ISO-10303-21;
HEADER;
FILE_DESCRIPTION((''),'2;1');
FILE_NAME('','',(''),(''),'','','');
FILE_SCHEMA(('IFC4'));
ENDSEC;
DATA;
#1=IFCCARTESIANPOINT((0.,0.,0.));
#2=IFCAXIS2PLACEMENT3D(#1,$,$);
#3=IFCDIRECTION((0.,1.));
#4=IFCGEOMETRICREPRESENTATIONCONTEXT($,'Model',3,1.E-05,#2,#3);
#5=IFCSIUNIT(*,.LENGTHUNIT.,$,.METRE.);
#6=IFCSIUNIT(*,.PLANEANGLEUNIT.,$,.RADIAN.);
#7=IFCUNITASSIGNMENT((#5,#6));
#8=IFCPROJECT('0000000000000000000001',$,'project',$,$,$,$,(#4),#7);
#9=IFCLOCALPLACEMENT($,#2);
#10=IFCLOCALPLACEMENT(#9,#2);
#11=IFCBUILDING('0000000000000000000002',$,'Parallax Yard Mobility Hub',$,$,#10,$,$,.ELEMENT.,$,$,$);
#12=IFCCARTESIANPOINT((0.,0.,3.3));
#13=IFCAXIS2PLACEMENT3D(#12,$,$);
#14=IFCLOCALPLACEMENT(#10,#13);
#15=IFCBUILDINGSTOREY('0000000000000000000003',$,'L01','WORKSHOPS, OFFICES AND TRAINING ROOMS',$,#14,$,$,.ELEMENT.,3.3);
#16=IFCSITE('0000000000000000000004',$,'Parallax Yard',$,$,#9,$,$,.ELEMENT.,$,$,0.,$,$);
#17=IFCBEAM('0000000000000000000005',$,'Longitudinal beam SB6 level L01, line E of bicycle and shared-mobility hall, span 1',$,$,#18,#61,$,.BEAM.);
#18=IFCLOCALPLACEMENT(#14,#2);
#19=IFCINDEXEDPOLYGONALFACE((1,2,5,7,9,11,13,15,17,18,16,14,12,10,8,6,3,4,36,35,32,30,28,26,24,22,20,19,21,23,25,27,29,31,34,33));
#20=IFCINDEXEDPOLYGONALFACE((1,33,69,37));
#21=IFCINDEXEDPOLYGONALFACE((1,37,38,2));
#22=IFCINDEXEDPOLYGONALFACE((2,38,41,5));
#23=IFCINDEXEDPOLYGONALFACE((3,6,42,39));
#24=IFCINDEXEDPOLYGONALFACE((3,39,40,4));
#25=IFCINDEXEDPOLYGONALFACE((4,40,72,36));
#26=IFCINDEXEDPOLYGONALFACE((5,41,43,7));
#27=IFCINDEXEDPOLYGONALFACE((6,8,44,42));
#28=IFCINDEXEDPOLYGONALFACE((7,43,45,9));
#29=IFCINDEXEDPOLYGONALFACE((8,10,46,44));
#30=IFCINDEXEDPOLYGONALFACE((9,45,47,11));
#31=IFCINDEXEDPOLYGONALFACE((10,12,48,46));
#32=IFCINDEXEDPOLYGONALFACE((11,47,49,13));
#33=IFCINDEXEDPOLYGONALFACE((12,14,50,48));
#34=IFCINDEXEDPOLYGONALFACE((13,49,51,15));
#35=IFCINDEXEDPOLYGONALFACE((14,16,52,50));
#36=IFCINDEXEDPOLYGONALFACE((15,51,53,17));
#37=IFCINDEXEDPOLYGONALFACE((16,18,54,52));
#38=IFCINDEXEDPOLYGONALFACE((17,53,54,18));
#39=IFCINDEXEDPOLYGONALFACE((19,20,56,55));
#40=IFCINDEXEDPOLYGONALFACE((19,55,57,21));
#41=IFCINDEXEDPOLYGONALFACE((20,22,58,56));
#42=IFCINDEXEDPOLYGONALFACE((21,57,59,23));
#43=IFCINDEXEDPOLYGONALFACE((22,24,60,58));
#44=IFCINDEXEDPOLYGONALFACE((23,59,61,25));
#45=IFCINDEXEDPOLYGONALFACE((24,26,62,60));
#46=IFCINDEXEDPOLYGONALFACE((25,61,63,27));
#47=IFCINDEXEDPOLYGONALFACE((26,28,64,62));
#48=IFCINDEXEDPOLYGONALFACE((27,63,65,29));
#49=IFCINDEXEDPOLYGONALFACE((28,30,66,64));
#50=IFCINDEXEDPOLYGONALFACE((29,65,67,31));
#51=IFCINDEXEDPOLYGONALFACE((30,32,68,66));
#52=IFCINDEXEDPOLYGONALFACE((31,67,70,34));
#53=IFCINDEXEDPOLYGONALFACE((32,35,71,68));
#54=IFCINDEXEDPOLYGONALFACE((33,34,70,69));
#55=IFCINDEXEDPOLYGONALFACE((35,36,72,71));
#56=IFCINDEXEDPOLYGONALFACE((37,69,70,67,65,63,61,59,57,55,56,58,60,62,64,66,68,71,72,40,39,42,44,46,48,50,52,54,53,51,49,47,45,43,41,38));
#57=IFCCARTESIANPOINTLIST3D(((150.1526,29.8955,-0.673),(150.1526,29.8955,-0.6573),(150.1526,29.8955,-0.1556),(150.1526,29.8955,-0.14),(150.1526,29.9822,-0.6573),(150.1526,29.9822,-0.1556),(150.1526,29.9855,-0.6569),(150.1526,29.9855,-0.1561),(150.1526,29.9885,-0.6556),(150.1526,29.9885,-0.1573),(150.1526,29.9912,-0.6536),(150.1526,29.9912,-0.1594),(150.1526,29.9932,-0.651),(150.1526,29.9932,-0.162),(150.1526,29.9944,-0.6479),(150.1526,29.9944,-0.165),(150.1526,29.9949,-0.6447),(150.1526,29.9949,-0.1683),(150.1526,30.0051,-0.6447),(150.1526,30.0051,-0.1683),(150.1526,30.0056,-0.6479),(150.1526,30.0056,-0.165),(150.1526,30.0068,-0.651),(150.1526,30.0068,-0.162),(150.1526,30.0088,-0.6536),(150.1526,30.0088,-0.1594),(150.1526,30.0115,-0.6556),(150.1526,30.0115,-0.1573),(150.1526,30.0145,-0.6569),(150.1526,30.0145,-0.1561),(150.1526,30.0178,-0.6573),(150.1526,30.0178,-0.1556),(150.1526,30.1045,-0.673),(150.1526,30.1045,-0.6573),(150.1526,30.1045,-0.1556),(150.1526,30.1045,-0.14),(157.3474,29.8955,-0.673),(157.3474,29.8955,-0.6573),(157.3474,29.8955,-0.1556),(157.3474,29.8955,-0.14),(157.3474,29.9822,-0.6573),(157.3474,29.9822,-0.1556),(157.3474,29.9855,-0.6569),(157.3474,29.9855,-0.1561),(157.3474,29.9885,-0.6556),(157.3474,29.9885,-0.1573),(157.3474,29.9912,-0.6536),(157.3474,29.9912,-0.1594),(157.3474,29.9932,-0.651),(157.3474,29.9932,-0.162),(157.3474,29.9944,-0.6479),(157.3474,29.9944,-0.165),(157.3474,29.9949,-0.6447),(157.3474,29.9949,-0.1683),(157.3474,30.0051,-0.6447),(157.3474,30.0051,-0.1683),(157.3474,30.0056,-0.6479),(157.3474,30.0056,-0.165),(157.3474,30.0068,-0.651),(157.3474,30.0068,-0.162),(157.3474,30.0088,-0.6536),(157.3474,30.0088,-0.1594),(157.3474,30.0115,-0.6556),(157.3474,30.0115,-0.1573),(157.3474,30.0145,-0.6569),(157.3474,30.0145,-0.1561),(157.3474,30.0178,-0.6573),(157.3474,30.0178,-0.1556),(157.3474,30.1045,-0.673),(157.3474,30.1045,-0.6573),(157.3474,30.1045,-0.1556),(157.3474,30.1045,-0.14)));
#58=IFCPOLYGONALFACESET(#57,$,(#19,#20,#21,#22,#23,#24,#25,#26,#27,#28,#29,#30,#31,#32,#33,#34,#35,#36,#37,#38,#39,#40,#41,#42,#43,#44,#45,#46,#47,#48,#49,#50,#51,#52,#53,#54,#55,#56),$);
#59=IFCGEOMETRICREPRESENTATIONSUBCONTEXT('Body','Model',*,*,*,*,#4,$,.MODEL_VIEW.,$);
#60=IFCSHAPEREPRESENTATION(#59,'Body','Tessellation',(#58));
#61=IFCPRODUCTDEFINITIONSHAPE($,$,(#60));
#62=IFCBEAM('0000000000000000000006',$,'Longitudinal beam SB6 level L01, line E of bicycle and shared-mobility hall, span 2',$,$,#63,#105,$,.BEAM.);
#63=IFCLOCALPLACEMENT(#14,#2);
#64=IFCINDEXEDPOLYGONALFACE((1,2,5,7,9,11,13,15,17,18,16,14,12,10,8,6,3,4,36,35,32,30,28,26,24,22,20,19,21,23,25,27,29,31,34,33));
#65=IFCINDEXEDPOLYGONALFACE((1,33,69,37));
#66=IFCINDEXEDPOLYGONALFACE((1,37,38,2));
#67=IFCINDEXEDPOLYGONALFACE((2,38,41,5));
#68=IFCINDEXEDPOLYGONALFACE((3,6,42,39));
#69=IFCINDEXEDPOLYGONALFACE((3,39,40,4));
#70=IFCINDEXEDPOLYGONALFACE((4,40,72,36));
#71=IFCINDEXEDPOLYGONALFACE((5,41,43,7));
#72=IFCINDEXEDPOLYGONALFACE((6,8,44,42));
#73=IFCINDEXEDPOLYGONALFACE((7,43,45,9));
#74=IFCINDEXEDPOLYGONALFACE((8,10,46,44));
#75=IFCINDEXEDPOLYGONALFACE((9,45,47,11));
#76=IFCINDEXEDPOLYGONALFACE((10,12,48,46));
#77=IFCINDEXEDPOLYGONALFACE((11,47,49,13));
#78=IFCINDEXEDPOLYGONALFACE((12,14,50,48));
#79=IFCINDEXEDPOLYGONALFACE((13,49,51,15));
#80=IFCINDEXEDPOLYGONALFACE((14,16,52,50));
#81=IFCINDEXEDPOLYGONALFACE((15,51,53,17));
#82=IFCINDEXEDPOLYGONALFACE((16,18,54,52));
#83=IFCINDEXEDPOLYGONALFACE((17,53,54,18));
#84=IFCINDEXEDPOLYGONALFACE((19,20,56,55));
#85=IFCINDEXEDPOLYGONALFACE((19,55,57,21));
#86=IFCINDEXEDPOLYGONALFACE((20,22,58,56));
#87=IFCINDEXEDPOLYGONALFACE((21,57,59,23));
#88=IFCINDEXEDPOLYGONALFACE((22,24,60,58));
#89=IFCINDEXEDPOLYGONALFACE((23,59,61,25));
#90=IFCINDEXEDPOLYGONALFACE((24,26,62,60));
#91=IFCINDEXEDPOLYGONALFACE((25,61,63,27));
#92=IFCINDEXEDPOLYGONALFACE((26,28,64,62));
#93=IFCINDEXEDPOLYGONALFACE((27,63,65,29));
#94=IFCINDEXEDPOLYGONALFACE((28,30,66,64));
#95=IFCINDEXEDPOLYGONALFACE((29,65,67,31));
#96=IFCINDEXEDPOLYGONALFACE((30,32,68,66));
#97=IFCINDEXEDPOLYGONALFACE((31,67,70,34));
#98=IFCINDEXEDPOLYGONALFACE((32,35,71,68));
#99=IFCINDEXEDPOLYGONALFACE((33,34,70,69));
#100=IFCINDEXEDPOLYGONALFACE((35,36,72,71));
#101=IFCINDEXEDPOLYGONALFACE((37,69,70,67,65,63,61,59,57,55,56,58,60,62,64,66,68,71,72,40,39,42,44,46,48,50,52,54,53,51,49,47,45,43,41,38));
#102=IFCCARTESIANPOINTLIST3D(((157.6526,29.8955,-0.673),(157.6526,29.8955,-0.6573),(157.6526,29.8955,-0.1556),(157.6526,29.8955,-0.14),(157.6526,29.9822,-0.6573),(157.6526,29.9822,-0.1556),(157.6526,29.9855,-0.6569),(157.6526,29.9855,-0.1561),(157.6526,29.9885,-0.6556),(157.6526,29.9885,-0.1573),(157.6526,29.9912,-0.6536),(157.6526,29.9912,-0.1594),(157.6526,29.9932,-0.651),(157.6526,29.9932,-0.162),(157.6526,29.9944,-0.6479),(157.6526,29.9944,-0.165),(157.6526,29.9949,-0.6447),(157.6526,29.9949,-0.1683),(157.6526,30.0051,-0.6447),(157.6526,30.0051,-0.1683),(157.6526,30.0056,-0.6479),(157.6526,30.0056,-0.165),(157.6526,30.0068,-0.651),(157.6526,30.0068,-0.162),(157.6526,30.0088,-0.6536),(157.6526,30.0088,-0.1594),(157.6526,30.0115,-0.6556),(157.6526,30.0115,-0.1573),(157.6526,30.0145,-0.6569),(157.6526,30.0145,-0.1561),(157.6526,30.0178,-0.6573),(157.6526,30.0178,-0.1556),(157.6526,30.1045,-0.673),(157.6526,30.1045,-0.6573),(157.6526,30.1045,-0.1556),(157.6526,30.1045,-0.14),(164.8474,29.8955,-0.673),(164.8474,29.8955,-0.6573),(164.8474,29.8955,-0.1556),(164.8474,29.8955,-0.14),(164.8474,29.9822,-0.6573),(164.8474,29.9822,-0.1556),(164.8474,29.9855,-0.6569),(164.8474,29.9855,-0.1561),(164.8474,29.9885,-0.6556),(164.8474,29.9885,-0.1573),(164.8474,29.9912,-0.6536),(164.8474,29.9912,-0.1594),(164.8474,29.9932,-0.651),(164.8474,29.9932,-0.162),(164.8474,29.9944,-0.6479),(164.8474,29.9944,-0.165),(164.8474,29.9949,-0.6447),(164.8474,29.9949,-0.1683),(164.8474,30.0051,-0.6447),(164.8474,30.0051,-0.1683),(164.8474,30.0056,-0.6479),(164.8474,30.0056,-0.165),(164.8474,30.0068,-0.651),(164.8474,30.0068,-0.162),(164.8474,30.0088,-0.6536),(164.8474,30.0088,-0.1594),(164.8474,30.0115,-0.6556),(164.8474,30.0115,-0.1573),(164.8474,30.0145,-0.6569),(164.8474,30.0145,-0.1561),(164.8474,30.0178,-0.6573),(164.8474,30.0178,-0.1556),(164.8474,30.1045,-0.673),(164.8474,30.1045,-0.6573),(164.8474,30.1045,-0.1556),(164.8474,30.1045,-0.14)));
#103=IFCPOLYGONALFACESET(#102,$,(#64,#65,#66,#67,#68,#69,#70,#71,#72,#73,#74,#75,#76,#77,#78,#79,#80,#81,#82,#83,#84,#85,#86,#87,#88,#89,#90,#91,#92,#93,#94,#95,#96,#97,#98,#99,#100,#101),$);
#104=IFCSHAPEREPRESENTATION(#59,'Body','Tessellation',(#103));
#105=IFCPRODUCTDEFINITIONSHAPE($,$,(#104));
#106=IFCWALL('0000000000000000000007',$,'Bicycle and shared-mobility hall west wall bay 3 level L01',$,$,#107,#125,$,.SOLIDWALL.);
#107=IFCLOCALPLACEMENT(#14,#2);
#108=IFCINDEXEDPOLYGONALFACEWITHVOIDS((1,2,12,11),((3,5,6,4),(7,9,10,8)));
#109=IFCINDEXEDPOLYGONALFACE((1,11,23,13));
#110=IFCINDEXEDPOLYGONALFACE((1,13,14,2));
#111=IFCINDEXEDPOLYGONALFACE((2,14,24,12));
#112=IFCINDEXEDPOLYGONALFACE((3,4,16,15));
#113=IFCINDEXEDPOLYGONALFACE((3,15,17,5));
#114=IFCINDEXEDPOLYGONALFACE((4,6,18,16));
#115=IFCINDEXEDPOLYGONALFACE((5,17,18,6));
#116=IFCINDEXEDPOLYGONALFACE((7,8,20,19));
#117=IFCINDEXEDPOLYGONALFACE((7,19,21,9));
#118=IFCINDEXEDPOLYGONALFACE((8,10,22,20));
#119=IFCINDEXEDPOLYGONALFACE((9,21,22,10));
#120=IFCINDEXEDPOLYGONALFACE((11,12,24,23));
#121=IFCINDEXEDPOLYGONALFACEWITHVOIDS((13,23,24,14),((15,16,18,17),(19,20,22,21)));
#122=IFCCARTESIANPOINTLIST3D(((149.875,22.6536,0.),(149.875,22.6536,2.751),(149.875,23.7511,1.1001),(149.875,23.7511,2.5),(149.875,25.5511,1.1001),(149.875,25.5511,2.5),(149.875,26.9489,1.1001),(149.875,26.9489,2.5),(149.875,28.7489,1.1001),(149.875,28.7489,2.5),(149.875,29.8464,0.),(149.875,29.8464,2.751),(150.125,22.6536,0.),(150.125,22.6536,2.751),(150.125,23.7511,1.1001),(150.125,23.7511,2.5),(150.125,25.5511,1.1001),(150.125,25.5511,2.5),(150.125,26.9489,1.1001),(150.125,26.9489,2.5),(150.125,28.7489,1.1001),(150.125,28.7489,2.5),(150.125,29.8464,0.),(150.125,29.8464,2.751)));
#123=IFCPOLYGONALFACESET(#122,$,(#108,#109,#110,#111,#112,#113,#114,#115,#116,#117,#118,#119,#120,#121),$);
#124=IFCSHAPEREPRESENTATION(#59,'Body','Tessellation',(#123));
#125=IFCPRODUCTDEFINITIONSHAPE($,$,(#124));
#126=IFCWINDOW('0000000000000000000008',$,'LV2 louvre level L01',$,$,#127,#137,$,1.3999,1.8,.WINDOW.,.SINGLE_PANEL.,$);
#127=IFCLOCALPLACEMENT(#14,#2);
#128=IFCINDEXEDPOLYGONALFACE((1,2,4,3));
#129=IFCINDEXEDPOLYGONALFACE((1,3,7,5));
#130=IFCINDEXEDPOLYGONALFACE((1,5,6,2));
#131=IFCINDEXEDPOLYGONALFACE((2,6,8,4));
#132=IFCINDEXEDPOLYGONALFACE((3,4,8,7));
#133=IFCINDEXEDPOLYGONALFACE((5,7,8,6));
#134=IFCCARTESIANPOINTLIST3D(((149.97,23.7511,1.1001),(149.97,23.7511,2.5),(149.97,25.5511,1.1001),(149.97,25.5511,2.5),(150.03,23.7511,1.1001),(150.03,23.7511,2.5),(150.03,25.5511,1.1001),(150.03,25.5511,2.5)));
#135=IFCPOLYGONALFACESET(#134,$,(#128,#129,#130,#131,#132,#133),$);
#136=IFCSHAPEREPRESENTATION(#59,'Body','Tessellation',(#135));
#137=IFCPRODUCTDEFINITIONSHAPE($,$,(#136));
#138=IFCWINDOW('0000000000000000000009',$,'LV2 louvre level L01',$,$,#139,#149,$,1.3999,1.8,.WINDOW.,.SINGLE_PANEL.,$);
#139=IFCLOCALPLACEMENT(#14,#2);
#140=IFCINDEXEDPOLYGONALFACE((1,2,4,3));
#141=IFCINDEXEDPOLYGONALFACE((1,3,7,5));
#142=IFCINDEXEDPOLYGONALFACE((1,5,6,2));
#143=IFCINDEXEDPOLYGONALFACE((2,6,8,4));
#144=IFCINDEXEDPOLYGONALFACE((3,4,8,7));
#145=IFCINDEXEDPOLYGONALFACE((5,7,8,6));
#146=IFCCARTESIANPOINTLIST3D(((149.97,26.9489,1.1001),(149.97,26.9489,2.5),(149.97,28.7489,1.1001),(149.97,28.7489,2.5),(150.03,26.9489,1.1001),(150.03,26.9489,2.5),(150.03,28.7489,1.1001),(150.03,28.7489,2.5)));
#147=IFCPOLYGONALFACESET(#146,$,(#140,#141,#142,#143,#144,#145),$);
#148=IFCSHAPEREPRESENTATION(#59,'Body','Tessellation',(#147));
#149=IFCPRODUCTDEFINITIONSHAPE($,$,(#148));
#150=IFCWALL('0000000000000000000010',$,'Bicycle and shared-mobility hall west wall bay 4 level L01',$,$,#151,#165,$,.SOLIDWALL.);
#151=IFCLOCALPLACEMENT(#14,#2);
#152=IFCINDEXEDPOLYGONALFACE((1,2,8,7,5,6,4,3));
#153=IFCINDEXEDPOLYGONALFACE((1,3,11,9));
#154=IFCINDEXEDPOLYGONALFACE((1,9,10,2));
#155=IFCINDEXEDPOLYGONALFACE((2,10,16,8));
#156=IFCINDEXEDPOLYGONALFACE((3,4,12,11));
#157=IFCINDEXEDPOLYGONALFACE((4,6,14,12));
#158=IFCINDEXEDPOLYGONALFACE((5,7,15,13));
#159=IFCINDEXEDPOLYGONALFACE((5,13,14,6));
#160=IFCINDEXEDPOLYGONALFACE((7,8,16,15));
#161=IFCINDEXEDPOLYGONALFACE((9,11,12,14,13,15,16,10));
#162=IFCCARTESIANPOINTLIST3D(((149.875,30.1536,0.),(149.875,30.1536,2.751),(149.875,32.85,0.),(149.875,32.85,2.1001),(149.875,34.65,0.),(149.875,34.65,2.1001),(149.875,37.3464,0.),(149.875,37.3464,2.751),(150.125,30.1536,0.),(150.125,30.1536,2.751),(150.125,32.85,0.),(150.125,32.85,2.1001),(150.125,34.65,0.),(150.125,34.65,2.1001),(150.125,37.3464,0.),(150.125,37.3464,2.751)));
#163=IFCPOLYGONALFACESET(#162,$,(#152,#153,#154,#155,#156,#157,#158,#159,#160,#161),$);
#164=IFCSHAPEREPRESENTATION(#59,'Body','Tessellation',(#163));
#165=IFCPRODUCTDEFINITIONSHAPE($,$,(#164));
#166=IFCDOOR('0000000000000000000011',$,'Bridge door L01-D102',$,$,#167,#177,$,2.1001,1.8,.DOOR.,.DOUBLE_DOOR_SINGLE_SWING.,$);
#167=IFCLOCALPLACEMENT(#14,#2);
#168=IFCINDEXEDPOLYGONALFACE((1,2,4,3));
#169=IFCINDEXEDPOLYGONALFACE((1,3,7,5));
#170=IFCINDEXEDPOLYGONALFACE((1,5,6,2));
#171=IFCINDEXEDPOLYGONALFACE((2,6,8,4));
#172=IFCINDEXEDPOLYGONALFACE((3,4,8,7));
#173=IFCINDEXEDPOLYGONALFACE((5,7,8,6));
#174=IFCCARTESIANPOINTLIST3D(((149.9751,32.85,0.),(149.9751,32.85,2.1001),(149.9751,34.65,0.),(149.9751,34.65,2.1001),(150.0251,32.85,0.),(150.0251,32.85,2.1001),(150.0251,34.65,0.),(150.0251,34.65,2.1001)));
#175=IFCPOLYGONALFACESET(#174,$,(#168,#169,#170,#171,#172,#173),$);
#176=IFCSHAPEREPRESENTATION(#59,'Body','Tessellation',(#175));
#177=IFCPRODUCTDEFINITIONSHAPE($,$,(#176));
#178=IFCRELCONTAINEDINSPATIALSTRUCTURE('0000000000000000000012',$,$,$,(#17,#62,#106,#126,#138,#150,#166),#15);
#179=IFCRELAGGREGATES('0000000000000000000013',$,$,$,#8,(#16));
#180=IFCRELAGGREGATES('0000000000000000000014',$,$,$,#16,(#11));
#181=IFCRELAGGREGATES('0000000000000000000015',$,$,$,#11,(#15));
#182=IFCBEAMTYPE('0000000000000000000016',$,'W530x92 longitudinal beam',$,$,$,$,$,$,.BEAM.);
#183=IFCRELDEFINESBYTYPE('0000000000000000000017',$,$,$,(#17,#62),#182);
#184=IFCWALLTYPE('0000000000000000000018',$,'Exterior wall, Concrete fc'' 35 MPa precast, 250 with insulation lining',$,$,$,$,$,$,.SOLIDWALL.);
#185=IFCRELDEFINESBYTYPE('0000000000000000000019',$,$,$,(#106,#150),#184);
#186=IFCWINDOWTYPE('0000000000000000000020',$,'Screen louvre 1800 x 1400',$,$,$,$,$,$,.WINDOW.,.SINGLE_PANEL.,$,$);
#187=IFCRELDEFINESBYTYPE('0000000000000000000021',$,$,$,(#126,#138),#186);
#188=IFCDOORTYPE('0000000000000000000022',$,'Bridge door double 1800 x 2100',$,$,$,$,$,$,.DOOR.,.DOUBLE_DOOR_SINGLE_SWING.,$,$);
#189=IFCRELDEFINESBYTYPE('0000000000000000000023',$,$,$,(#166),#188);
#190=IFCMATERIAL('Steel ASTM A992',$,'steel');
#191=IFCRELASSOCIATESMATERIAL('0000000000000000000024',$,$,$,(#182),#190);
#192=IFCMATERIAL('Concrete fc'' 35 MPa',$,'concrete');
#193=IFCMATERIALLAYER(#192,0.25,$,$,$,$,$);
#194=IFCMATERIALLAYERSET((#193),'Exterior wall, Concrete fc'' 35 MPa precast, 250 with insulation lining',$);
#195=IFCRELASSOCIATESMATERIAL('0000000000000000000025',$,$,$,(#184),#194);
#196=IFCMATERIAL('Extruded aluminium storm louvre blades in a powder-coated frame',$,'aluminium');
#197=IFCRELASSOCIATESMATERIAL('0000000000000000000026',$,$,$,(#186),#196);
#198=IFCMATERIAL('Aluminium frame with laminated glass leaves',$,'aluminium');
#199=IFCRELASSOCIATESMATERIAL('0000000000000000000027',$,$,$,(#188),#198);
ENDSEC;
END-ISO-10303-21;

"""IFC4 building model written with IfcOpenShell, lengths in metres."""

from ifc_helpers import new_model, si_unit, direction, frame, frame_2d, origin, origin_2d, place, context, subcontext, project, spatial, rectangle, i_section, extrude, material, layer, layer_set, material_profile, profile_set, type_object, element, fill, save


model = new_model("IFC4")

# Units and contexts
model_context = context("Model", 3, precision=1e-05, world=origin(), true_north=direction((0.0, 1.0)))
body_context = subcontext(model_context, "Body", "Model", "MODEL_VIEW")
ifc_project = project(units=[si_unit("LENGTHUNIT", "METRE"), si_unit("PLANEANGLEUNIT", "RADIAN")], contexts=[model_context])

# Site, building, storey
site_placement = place(None, origin())
site = spatial("IfcSite", under=ifc_project, at=site_placement, Name="Parallax Yard", CompositionType="ELEMENT", RefElevation=0.0)
building_placement = place(site_placement, origin())
building = spatial("IfcBuilding", under=site, at=building_placement, Name="Parallax Yard Mobility Hub", CompositionType="ELEMENT")
storey_placement = place(building_placement, frame((0.0, 0.0, 3.3)))
storey = spatial("IfcBuildingStorey", under=building, at=storey_placement, Name="L01", Description="WORKSHOPS, OFFICES AND TRAINING ROOMS", CompositionType="ELEMENT", Elevation=3.3)

# Shared definitions
ifc_material_1 = material(Name="Steel ASTM A992", Category="steel")

# Beams
ifc_material_profile_1 = material_profile(ifc_material_1, i_section(OverallWidth=0.209, OverallDepth=0.533, WebThickness=0.0103, FlangeThickness=0.0156, FilletRadius=0.0127, at=origin_2d()), Name="W530x92")
ifc_profile_set_1 = profile_set([ifc_material_profile_1], Name="Steel ASTM A992")
beam_type_1 = type_object("IfcBeamType", Name="W530x92 longitudinal beam", PredefinedType="BEAM", material=ifc_profile_set_1)
for number, where, z_axis, x_axis, name in (
    (1, (150.1526, 30.0, -0.4065), (1.0, 0.0, 0.0), (0.0, 1.0, 0.0), "Longitudinal beam SB6 level L01, line E of bicycle and shared-mobility hall, span 1"),
    (2, (157.6526, 30.0, -0.4065), (1.0, 0.0, 0.0), (0.0, 1.0, 0.0), "Longitudinal beam SB6 level L01, line E of bicycle and shared-mobility hall, span 2"),
):
    element("IfcBeam", number, at=place(storey_placement, frame(where, z_axis=z_axis, x_axis=x_axis)), inside=storey, type_object=beam_type_1, Name=name, PredefinedType="BEAM", context=body_context, shape_type="SweptSolid", body=[
        extrude(i_section(OverallWidth=0.209, OverallDepth=0.533, WebThickness=0.0103, FlangeThickness=0.0156, FilletRadius=0.0127, at=origin_2d()), origin(), (0.0, 0.0, 1.0), 7.1948),
    ])

# Wall, openings, windows
ifc_material_2 = material(Name="Concrete fc' 35 MPa", Category="concrete")
ifc_layer_1 = layer(ifc_material_2, 0.25)
ifc_layer_set_1 = layer_set([ifc_layer_1], Name="Exterior wall, Concrete fc' 35 MPa precast, 250 with insulation lining")
wall_type_1 = type_object("IfcWallType", Name="Exterior wall, Concrete fc' 35 MPa precast, 250 with insulation lining", PredefinedType="SOLIDWALL", material=ifc_layer_set_1)
wall_1_placement = place(storey_placement, frame((150.0, 22.6536, 0.0), z_axis=(0.0, 0.0, 1.0), x_axis=(0.0, 1.0, 0.0)))
wall_1 = element("IfcWall", 3, at=wall_1_placement, inside=storey, type_object=wall_type_1, Name="Bicycle and shared-mobility hall west wall bay 3 level L01", PredefinedType="SOLIDWALL", context=body_context, shape_type="SweptSolid", body=[
    extrude(rectangle(XDim=7.1929, YDim=0.25, at=frame_2d((3.5964, 0.0))), origin(), (0.0, 0.0, 1.0), 2.751),
])
opening_1_placement = place(wall_1_placement, frame((1.0977, 0.0, 1.1001)))
opening_1 = element("IfcOpeningElement", 4, at=opening_1_placement, cuts=wall_1, PredefinedType="OPENING", context=body_context, shape_type="SweptSolid", body=[
    extrude(rectangle(XDim=1.8, YDim=1.3999, at=frame_2d((0.8999, 0.7))), frame((0.0, 0.135, 0.0), z_axis=(0.0, -1.0, 0.0), x_axis=(1.0, 0.0, 0.0)), (0.0, 0.0, 1.0), 0.27),
])
opening_2_placement = place(wall_1_placement, frame((4.2954, 0.0, 1.1001)))
opening_2 = element("IfcOpeningElement", 5, at=opening_2_placement, cuts=wall_1, PredefinedType="OPENING", context=body_context, shape_type="SweptSolid", body=[
    extrude(rectangle(XDim=1.8, YDim=1.3999, at=frame_2d((0.8999, 0.7))), frame((0.0, 0.135, 0.0), z_axis=(0.0, -1.0, 0.0), x_axis=(1.0, 0.0, 0.0)), (0.0, 0.0, 1.0), 0.27),
])
ifc_material_3 = material(Name="Extruded aluminium storm louvre blades in a powder-coated frame", Category="aluminium")
window_type = type_object("IfcWindowType", Name="Screen louvre 1800 x 1400", PartitioningType="SINGLE_PANEL", PredefinedType="WINDOW", material=ifc_material_3)
window_1_placement = place(opening_1_placement, origin())
window_1 = element("IfcWindow", 6, at=window_1_placement, inside=storey, type_object=window_type, Name="LV2 louvre level L01", OverallHeight=1.3999, OverallWidth=1.8, PartitioningType="SINGLE_PANEL", PredefinedType="WINDOW", context=body_context, shape_type="SweptSolid", body=[
    extrude(rectangle(XDim=1.8, YDim=1.3999, at=frame_2d((0.8999, 0.7))), frame((0.0, 0.03, 0.0), z_axis=(0.0, -1.0, 0.0), x_axis=(1.0, 0.0, 0.0)), (0.0, 0.0, 1.0), 0.0601),
])
fill(opening_1, window_1)
window_2_placement = place(opening_2_placement, origin())
window_2 = element("IfcWindow", 7, at=window_2_placement, inside=storey, type_object=window_type, Name="LV2 louvre level L01", OverallHeight=1.3999, OverallWidth=1.8, PartitioningType="SINGLE_PANEL", PredefinedType="WINDOW", context=body_context, shape_type="SweptSolid", body=[
    extrude(rectangle(XDim=1.8, YDim=1.3999, at=frame_2d((0.8999, 0.7))), frame((0.0, 0.03, 0.0), z_axis=(0.0, -1.0, 0.0), x_axis=(1.0, 0.0, 0.0)), (0.0, 0.0, 1.0), 0.0601),
])
fill(opening_2, window_2)

# Wall, opening, door
wall_2_placement = place(storey_placement, frame((150.0, 30.1536, 0.0), z_axis=(0.0, 0.0, 1.0), x_axis=(0.0, 1.0, 0.0)))
wall_2 = element("IfcWall", 8, at=wall_2_placement, inside=storey, type_object=wall_type_1, Name="Bicycle and shared-mobility hall west wall bay 4 level L01", PredefinedType="SOLIDWALL", context=body_context, shape_type="SweptSolid", body=[
    extrude(rectangle(XDim=7.1929, YDim=0.25, at=frame_2d((3.5964, 0.0))), origin(), (0.0, 0.0, 1.0), 2.751),
])
opening_3_placement = place(wall_2_placement, frame((2.6965, 0.0, 0.0)))
opening_3 = element("IfcOpeningElement", 9, at=opening_3_placement, cuts=wall_2, PredefinedType="OPENING", context=body_context, shape_type="SweptSolid", body=[
    extrude(rectangle(XDim=1.8, YDim=2.1001, at=frame_2d((0.8999, 1.05))), frame((0.0, 0.135, 0.0), z_axis=(0.0, -1.0, 0.0), x_axis=(1.0, 0.0, 0.0)), (0.0, 0.0, 1.0), 0.27),
])
ifc_material_4 = material(Name="Aluminium frame with laminated glass leaves", Category="aluminium")
door_type_1 = type_object("IfcDoorType", Name="Bridge door double 1800 x 2100", OperationType="DOUBLE_DOOR_SINGLE_SWING", PredefinedType="DOOR", material=ifc_material_4)
door_1_placement = place(opening_3_placement, origin())
door_1 = element("IfcDoor", 10, at=door_1_placement, inside=storey, type_object=door_type_1, Name="Bridge door L01-D102", OperationType="DOUBLE_DOOR_SINGLE_SWING", OverallHeight=2.1001, OverallWidth=1.8, PredefinedType="DOOR", context=body_context, shape_type="SweptSolid", body=[
    extrude(rectangle(XDim=1.8, YDim=2.1001, at=frame_2d((0.8999, 1.05))), frame((0.0, 0.0249, 0.0), z_axis=(0.0, -1.0, 0.0), x_axis=(1.0, 0.0, 0.0)), (0.0, 0.0, 1.0), 0.05),
])
fill(opening_3, door_1)

save(model, "model.ifc")
